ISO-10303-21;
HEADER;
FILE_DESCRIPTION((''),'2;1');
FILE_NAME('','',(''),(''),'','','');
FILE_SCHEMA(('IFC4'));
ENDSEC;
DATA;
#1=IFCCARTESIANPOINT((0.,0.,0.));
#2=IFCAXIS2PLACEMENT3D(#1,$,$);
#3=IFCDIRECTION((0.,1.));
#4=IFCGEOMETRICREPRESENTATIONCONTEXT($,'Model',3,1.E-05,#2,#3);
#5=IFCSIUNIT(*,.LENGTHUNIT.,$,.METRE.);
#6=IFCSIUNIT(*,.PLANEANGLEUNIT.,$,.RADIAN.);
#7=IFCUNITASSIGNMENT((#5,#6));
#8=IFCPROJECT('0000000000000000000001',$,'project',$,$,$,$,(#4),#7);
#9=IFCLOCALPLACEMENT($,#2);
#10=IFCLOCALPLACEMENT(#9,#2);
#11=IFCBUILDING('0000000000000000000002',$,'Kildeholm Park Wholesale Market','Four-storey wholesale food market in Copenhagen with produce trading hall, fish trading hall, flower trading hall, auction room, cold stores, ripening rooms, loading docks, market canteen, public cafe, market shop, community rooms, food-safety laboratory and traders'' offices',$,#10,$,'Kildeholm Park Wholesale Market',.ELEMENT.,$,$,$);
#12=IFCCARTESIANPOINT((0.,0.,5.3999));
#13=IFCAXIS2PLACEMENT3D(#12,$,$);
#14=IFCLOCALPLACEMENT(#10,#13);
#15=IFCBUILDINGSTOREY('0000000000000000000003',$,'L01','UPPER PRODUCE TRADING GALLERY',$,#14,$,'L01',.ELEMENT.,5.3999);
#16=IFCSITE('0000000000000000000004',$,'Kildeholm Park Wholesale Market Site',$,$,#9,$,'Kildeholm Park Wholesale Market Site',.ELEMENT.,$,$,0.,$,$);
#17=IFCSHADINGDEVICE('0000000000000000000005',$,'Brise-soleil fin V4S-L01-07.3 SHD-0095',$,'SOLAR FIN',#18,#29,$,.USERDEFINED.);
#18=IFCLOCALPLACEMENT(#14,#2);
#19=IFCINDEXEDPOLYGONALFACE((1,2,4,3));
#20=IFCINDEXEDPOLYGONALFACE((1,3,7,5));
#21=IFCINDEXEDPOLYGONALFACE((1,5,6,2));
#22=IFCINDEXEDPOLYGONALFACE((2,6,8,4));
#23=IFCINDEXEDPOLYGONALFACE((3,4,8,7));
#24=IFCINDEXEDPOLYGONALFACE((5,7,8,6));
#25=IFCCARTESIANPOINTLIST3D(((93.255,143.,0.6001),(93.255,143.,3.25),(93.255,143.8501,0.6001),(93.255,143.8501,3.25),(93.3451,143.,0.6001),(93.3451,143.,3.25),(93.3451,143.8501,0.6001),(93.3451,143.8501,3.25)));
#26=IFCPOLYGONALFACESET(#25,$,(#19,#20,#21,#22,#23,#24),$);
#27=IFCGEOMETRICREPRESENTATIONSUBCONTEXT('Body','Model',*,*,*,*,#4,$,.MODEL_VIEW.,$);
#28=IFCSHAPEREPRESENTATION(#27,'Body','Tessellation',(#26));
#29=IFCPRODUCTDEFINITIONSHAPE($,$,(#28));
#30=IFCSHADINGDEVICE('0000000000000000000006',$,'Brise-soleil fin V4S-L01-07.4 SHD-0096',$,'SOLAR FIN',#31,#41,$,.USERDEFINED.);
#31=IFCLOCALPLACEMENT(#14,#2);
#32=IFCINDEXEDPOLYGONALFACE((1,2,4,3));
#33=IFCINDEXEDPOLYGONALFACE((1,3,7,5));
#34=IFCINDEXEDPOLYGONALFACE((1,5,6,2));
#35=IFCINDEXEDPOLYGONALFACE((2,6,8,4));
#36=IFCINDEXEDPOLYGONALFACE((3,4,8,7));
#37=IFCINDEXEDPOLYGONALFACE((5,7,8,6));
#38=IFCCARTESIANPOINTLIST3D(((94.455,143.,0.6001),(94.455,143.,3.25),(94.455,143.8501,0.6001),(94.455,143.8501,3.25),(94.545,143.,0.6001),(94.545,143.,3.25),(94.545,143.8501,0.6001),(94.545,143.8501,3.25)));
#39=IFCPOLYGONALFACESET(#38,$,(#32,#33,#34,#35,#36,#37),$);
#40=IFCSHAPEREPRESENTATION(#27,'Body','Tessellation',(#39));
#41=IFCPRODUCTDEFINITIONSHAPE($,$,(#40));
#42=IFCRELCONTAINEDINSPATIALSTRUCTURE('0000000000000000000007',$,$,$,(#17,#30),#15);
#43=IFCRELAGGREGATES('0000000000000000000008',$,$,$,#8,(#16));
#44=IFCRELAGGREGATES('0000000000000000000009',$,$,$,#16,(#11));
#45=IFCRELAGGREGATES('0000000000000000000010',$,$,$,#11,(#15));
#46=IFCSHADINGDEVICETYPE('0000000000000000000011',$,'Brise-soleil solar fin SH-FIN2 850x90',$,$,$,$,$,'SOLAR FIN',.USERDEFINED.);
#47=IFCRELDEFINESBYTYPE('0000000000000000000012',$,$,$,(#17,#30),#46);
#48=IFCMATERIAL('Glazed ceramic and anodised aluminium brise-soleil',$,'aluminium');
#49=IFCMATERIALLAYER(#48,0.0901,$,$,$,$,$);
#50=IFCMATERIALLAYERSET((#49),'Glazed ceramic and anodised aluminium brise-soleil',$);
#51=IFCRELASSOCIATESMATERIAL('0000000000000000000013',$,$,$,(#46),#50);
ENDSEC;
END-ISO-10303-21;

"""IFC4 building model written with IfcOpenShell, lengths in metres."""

from ifc_helpers import new_model, si_unit, direction, frame, origin, origin_2d, place, context, subcontext, project, spatial, rectangle, extrude, material, layer, layer_set, type_object, element, save


model = new_model("IFC4")

# Units and contexts
model_context = context("Model", 3, precision=1e-05, world=origin(), true_north=direction((0.0, 1.0)))
body_context = subcontext(model_context, "Body", "Model", "MODEL_VIEW")
ifc_project = project(units=[si_unit("LENGTHUNIT", "METRE"), si_unit("PLANEANGLEUNIT", "RADIAN")], contexts=[model_context])

# Site, building, storey
site_placement = place(None, origin())
site = spatial("IfcSite", under=ifc_project, at=site_placement, Name="Kildeholm Park Wholesale Market Site", LongName="Kildeholm Park Wholesale Market Site", CompositionType="ELEMENT", RefElevation=0.0)
building_placement = place(site_placement, origin())
building = spatial("IfcBuilding", under=site, at=building_placement, Name="Kildeholm Park Wholesale Market", Description="Four-storey wholesale food market in Copenhagen with produce trading hall, fish trading hall, flower trading hall, auction room, cold stores, ripening rooms, loading docks, market canteen, public cafe, market shop, community rooms, food-safety laboratory and traders' offices", LongName="Kildeholm Park Wholesale Market", CompositionType="ELEMENT")
storey_placement = place(building_placement, frame((0.0, 0.0, 5.3999)))
storey = spatial("IfcBuildingStorey", under=building, at=storey_placement, Name="L01", Description="UPPER PRODUCE TRADING GALLERY", LongName="L01", CompositionType="ELEMENT", Elevation=5.3999)

# Shading devices
ifc_material_1 = material(Name="Glazed ceramic and anodised aluminium brise-soleil", Category="aluminium")
ifc_layer_1 = layer(ifc_material_1, 0.0901)
ifc_layer_set_1 = layer_set([ifc_layer_1], Name="Glazed ceramic and anodised aluminium brise-soleil")
shading_device_type = type_object("IfcShadingDeviceType", Name="Brise-soleil solar fin SH-FIN2 850x90", ElementType="SOLAR FIN", PredefinedType="USERDEFINED", material=ifc_layer_set_1)
for number, where, z_axis, x_axis, name in (
    (1, (93.3, 143.425, 0.6001), (0.0, 0.0, 1.0), (0.0, -1.0, 0.0), "Brise-soleil fin V4S-L01-07.3 SHD-0095"),
    (2, (94.5, 143.425, 0.6001), (0.0, 0.0, 1.0), (0.0, -1.0, 0.0), "Brise-soleil fin V4S-L01-07.4 SHD-0096"),
):
    element("IfcShadingDevice", number, at=place(storey_placement, frame(where, z_axis=z_axis, x_axis=x_axis)), inside=storey, type_object=shading_device_type, Name=name, ObjectType="SOLAR FIN", PredefinedType="USERDEFINED", context=body_context, shape_type="SweptSolid", body=[
        extrude(rectangle(XDim=0.8501, YDim=0.0901, at=origin_2d()), origin(), (0.0, 0.0, 1.0), 2.6499),
    ])

save(model, "model.ifc")
